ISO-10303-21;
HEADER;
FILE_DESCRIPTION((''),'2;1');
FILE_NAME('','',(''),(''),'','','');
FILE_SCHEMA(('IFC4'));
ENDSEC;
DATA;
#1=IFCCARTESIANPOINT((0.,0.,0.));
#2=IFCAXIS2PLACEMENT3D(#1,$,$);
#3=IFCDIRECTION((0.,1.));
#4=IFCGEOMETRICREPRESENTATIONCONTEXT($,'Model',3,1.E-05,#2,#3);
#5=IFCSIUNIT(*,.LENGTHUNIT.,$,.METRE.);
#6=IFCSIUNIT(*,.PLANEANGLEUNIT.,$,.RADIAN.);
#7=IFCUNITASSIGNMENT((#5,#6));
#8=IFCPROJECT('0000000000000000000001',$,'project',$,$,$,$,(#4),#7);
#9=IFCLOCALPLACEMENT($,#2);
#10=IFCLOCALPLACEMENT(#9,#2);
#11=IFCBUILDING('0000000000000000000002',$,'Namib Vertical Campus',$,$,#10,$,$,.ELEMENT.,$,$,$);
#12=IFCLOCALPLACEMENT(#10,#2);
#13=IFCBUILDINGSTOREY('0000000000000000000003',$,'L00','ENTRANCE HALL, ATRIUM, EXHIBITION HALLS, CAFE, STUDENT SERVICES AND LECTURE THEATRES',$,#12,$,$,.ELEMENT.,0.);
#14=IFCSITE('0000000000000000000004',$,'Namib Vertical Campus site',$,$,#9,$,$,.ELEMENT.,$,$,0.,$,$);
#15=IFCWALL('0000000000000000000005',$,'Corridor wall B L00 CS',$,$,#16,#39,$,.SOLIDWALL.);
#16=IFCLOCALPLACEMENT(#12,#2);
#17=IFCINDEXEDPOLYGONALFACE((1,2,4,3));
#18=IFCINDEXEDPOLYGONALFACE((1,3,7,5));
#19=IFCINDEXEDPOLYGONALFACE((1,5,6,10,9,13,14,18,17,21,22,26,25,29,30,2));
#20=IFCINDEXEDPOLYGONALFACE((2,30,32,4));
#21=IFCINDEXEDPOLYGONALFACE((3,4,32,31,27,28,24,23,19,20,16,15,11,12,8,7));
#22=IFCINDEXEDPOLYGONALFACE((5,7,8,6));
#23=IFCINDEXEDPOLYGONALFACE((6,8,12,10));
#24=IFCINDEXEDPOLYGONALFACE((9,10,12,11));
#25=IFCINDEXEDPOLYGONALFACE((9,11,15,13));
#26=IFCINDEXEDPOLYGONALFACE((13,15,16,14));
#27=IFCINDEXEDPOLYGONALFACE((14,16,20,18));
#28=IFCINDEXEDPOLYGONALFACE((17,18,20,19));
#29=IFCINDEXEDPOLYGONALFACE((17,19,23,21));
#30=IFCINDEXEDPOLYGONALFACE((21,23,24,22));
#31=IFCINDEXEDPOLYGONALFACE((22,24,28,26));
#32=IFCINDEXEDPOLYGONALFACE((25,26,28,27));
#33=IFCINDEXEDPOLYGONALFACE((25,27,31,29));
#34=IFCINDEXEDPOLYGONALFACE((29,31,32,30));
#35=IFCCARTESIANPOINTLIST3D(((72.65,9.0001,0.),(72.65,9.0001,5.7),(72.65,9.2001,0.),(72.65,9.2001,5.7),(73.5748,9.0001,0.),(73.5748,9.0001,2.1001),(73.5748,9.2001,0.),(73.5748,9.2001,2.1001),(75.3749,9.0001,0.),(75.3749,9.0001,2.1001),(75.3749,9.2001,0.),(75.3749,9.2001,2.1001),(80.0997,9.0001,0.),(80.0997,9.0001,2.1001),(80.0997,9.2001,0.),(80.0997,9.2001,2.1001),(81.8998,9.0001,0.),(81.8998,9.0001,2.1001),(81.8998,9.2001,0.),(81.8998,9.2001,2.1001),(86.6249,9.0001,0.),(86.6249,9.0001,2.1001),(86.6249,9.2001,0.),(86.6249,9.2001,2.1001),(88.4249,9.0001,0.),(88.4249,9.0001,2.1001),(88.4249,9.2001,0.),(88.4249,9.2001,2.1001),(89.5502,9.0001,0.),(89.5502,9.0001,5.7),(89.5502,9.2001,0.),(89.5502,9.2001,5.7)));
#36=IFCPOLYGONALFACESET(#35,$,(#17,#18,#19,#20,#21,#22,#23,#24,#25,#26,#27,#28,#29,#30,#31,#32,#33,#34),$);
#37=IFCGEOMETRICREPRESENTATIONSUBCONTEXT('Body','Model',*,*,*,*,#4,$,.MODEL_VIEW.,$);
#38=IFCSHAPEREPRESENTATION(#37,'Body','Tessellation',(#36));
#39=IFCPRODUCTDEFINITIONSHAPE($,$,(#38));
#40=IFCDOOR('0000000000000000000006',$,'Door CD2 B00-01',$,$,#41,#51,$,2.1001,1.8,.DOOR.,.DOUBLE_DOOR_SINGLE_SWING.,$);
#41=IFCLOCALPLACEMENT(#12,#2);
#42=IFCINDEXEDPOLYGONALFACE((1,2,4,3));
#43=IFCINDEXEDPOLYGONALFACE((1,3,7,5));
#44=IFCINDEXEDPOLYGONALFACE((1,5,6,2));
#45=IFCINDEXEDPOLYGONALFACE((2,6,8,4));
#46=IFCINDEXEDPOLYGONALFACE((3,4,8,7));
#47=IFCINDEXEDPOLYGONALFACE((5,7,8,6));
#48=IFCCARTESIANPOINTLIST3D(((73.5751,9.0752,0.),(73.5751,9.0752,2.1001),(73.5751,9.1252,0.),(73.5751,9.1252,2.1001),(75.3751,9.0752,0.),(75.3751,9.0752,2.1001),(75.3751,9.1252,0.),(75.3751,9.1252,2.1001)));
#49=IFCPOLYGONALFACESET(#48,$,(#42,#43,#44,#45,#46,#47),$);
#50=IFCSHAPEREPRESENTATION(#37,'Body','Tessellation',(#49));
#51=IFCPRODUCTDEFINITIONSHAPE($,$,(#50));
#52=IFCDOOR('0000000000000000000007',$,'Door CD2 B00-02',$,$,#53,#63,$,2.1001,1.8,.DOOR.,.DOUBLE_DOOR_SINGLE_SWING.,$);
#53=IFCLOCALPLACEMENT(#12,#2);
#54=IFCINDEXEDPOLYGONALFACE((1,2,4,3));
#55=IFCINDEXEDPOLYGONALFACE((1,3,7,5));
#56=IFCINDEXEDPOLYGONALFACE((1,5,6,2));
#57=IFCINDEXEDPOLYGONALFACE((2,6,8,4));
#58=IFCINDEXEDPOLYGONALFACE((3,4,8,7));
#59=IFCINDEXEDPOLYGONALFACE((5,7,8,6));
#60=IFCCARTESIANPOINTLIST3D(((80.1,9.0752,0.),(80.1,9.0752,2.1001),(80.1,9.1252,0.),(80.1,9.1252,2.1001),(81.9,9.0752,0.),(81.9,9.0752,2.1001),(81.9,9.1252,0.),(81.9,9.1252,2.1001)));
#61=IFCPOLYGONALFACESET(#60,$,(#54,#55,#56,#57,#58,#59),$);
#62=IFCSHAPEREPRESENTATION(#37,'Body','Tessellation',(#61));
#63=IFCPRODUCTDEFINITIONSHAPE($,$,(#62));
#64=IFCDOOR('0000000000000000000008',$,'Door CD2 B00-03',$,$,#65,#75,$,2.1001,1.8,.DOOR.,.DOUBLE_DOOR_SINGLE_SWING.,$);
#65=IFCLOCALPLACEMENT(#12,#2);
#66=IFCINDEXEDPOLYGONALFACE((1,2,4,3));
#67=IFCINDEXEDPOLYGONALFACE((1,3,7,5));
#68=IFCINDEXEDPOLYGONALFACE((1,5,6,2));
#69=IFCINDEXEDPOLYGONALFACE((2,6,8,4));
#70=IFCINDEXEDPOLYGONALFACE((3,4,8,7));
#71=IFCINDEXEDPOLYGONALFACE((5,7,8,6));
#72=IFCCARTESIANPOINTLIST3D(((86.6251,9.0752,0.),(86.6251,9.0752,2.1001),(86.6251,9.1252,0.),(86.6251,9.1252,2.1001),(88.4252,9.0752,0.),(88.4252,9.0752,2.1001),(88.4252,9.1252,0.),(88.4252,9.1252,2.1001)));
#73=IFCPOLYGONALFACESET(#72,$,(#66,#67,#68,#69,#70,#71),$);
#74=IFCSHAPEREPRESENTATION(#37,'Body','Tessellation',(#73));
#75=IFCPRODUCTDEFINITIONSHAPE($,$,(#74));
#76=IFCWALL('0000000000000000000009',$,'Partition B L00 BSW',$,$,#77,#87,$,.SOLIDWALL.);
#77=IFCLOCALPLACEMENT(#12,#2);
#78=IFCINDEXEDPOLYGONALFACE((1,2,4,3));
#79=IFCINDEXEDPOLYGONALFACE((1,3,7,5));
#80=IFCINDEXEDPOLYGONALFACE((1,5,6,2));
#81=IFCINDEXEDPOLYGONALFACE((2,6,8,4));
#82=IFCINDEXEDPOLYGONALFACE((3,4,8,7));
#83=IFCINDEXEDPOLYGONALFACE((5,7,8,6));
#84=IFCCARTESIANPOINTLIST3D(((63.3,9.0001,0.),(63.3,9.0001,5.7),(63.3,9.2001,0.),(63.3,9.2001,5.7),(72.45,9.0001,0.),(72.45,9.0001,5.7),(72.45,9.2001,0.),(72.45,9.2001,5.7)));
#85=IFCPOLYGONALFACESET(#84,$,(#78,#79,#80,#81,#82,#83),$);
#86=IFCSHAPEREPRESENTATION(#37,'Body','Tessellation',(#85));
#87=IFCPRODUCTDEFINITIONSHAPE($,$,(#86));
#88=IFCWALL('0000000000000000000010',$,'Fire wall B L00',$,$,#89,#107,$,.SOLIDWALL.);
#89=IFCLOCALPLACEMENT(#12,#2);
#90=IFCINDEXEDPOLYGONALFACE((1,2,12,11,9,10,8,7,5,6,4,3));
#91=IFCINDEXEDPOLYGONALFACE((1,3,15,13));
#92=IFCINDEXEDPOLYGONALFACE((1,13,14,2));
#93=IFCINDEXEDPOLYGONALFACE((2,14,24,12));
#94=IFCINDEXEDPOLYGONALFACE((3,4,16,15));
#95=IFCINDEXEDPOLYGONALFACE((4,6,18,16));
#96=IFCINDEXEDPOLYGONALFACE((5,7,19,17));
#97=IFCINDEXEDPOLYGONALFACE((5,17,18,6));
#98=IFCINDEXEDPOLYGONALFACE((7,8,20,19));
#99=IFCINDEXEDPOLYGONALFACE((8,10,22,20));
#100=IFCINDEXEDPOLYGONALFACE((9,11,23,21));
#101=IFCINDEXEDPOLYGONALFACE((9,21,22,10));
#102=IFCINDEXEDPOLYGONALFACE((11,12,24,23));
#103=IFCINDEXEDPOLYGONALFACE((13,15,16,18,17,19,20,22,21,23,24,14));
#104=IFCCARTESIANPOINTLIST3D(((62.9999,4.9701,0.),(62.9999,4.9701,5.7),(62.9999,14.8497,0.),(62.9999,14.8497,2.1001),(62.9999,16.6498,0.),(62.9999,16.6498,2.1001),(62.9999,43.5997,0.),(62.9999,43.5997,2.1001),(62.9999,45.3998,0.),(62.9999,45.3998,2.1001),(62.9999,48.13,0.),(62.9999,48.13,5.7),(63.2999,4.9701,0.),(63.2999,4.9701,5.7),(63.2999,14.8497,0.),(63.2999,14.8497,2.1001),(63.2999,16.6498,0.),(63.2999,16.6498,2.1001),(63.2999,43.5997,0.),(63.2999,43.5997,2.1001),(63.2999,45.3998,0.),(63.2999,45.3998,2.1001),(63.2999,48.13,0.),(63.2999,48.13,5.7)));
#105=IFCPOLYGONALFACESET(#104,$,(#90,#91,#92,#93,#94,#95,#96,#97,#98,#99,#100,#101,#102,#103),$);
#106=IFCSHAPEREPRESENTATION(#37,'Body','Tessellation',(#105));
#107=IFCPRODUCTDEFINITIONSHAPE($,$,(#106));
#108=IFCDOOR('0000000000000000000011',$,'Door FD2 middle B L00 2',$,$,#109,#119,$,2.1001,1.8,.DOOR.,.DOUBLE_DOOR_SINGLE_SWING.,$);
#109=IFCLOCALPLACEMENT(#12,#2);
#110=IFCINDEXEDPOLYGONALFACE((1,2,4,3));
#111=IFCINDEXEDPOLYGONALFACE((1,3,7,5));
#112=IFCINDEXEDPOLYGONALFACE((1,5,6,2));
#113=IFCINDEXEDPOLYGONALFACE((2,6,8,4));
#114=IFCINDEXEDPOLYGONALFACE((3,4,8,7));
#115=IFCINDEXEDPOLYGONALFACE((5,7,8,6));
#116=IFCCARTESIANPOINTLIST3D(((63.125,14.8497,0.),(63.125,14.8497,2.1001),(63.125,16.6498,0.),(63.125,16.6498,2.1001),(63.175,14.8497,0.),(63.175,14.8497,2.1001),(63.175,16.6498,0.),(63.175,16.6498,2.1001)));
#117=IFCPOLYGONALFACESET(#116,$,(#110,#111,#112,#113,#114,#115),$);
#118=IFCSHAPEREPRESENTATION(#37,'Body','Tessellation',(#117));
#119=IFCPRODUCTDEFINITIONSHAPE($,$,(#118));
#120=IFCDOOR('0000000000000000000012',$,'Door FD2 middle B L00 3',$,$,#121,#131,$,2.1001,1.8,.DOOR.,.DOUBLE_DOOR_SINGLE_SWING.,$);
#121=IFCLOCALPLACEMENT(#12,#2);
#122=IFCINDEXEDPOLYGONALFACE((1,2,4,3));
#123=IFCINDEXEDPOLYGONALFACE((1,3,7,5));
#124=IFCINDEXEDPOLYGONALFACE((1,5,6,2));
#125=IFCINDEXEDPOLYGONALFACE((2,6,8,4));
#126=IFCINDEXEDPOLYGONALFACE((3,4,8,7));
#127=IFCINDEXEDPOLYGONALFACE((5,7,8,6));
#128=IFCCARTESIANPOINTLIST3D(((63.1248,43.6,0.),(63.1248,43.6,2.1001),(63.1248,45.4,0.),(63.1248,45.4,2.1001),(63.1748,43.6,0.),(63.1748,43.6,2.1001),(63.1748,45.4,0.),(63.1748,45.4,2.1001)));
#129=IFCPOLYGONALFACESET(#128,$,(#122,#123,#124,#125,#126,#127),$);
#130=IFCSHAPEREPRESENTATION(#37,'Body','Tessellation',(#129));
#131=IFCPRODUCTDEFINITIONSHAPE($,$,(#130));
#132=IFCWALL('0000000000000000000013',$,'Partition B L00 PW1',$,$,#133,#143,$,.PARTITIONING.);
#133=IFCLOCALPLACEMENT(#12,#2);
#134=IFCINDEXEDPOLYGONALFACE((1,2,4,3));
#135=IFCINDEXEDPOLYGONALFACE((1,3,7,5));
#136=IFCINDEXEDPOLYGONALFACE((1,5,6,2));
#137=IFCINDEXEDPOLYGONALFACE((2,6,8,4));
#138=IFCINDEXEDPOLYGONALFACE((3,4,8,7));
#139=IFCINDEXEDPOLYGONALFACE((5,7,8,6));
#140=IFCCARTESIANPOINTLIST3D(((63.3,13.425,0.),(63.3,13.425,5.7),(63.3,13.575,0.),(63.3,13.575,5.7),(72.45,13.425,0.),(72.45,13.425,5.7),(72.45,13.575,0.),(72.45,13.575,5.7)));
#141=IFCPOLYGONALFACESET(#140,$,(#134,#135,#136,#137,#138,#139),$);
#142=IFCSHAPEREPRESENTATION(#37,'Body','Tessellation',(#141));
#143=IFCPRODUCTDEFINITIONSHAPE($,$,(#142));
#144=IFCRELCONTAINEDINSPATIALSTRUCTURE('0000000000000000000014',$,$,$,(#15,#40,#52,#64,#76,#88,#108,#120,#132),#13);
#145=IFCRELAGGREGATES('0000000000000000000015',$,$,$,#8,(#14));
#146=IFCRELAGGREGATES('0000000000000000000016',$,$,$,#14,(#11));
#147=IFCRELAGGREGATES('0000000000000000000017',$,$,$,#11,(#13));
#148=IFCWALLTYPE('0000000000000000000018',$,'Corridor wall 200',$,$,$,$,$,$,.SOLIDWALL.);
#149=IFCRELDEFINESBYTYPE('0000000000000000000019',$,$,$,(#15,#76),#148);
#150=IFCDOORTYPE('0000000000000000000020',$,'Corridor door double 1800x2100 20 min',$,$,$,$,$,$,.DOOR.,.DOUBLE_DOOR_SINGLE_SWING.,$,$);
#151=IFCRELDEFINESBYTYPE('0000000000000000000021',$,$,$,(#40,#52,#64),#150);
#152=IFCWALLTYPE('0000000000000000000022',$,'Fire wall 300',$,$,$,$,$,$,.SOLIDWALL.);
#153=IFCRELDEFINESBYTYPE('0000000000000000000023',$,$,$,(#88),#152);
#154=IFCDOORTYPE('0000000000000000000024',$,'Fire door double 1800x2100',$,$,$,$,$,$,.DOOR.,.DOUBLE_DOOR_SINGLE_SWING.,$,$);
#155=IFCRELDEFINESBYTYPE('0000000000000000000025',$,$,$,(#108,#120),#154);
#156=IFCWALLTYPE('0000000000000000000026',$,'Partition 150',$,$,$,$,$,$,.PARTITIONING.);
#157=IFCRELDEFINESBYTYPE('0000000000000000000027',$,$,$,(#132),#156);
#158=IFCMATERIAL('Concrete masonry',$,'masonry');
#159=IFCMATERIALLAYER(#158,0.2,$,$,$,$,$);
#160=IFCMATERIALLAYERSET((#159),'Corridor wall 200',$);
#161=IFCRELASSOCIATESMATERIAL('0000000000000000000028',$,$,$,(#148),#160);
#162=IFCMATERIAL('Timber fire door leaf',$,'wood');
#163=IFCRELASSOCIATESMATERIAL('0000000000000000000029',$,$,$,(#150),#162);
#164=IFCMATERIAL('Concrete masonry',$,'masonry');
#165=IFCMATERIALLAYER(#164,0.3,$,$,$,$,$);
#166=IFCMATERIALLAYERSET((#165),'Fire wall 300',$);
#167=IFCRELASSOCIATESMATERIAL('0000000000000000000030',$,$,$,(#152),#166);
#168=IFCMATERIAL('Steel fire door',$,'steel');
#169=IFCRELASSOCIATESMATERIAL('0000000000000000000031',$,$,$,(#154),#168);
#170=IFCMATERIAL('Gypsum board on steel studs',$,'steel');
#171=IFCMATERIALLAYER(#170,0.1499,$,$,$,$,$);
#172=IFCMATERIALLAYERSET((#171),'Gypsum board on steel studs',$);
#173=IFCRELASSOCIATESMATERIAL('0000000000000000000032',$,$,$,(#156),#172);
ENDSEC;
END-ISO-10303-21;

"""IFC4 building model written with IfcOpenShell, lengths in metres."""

from ifc_helpers import new_model, si_unit, direction, frame, frame_2d, origin, place, context, subcontext, project, spatial, rectangle, extrude, material, layer, layer_set, type_object, element, fill, save


model = new_model("IFC4")

# Units and contexts
model_context = context("Model", 3, precision=1e-05, world=origin(), true_north=direction((0.0, 1.0)))
body_context = subcontext(model_context, "Body", "Model", "MODEL_VIEW")
ifc_project = project(units=[si_unit("LENGTHUNIT", "METRE"), si_unit("PLANEANGLEUNIT", "RADIAN")], contexts=[model_context])

# Site, building, storey
site_placement = place(None, origin())
site = spatial("IfcSite", under=ifc_project, at=site_placement, Name="Namib Vertical Campus site", CompositionType="ELEMENT", RefElevation=0.0)
building_placement = place(site_placement, origin())
building = spatial("IfcBuilding", under=site, at=building_placement, Name="Namib Vertical Campus", CompositionType="ELEMENT")
storey_placement = place(building_placement, origin())
storey = spatial("IfcBuildingStorey", under=building, at=storey_placement, Name="L00", Description="ENTRANCE HALL, ATRIUM, EXHIBITION HALLS, CAFE, STUDENT SERVICES AND LECTURE THEATRES", CompositionType="ELEMENT", Elevation=0.0)

# Wall, openings, doors
ifc_material_1 = material(Name="Concrete masonry", Category="masonry")
ifc_layer_1 = layer(ifc_material_1, 0.2)
ifc_layer_set_1 = layer_set([ifc_layer_1], Name="Corridor wall 200")
wall_type_1 = type_object("IfcWallType", Name="Corridor wall 200", PredefinedType="SOLIDWALL", material=ifc_layer_set_1)
wall_1_placement = place(storey_placement, frame((72.6499, 9.1001, 0.0), z_axis=(0.0, 0.0, 1.0), x_axis=(1.0, 0.0, 0.0)))
wall_1 = element("IfcWall", 1, at=wall_1_placement, inside=storey, type_object=wall_type_1, Name="Corridor wall B L00 CS", PredefinedType="SOLIDWALL", context=body_context, shape_type="SweptSolid", body=[
    extrude(rectangle(XDim=16.9001, YDim=0.2, at=frame_2d((8.4502, 0.0))), origin(), (0.0, 0.0, 1.0), 5.7),
])
opening_1_placement = place(wall_1_placement, frame((0.925, 0.0, 0.0)))
opening_1 = element("IfcOpeningElement", 2, at=opening_1_placement, cuts=wall_1, PredefinedType="OPENING", context=body_context, shape_type="SweptSolid", body=[
    extrude(rectangle(XDim=1.8, YDim=2.1001, at=frame_2d((0.8999, 1.05))), frame((0.0, 0.1099, 0.0), z_axis=(0.0, -1.0, 0.0), x_axis=(1.0, 0.0, 0.0)), (0.0, 0.0, 1.0), 0.22),
])
opening_2_placement = place(wall_1_placement, frame((7.45, 0.0, 0.0)))
opening_2 = element("IfcOpeningElement", 3, at=opening_2_placement, cuts=wall_1, PredefinedType="OPENING", context=body_context, shape_type="SweptSolid", body=[
    extrude(rectangle(XDim=1.8, YDim=2.1001, at=frame_2d((0.8999, 1.05))), frame((0.0, 0.1099, 0.0), z_axis=(0.0, -1.0, 0.0), x_axis=(1.0, 0.0, 0.0)), (0.0, 0.0, 1.0), 0.22),
])
opening_3_placement = place(wall_1_placement, frame((13.9751, 0.0, 0.0)))
opening_3 = element("IfcOpeningElement", 4, at=opening_3_placement, cuts=wall_1, PredefinedType="OPENING", context=body_context, shape_type="SweptSolid", body=[
    extrude(rectangle(XDim=1.8, YDim=2.1001, at=frame_2d((0.8999, 1.05))), frame((0.0, 0.1099, 0.0), z_axis=(0.0, -1.0, 0.0), x_axis=(1.0, 0.0, 0.0)), (0.0, 0.0, 1.0), 0.22),
])
ifc_material_2 = material(Name="Timber fire door leaf", Category="wood")
door_type_1 = type_object("IfcDoorType", Name="Corridor door double 1800x2100 20 min", OperationType="DOUBLE_DOOR_SINGLE_SWING", PredefinedType="DOOR", material=ifc_material_2)
door_1_placement = place(opening_1_placement, frame((1.8, 0.0, 0.0), z_axis=(0.0, 0.0, 1.0), x_axis=(-1.0, 0.0, 0.0)))
door_1 = element("IfcDoor", 5, at=door_1_placement, inside=storey, type_object=door_type_1, Name="Door CD2 B00-01", OperationType="DOUBLE_DOOR_SINGLE_SWING", OverallHeight=2.1001, OverallWidth=1.8, PredefinedType="DOOR", context=body_context, shape_type="SweptSolid", body=[
    extrude(rectangle(XDim=1.8, YDim=2.1001, at=frame_2d((0.8999, 1.05))), frame((0.0, 0.0249, 0.0), z_axis=(0.0, -1.0, 0.0), x_axis=(1.0, 0.0, 0.0)), (0.0, 0.0, 1.0), 0.05),
])
fill(opening_1, door_1)
door_2_placement = place(opening_2_placement, frame((1.8, 0.0, 0.0), z_axis=(0.0, 0.0, 1.0), x_axis=(-1.0, 0.0, 0.0)))
door_2 = element("IfcDoor", 6, at=door_2_placement, inside=storey, type_object=door_type_1, Name="Door CD2 B00-02", OperationType="DOUBLE_DOOR_SINGLE_SWING", OverallHeight=2.1001, OverallWidth=1.8, PredefinedType="DOOR", context=body_context, shape_type="SweptSolid", body=[
    extrude(rectangle(XDim=1.8, YDim=2.1001, at=frame_2d((0.8999, 1.05))), frame((0.0, 0.0249, 0.0), z_axis=(0.0, -1.0, 0.0), x_axis=(1.0, 0.0, 0.0)), (0.0, 0.0, 1.0), 0.05),
])
fill(opening_2, door_2)
door_3_placement = place(opening_3_placement, frame((1.8, 0.0, 0.0), z_axis=(0.0, 0.0, 1.0), x_axis=(-1.0, 0.0, 0.0)))
door_3 = element("IfcDoor", 7, at=door_3_placement, inside=storey, type_object=door_type_1, Name="Door CD2 B00-03", OperationType="DOUBLE_DOOR_SINGLE_SWING", OverallHeight=2.1001, OverallWidth=1.8, PredefinedType="DOOR", context=body_context, shape_type="SweptSolid", body=[
    extrude(rectangle(XDim=1.8, YDim=2.1001, at=frame_2d((0.8999, 1.05))), frame((0.0, 0.0249, 0.0), z_axis=(0.0, -1.0, 0.0), x_axis=(1.0, 0.0, 0.0)), (0.0, 0.0, 1.0), 0.05),
])
fill(opening_3, door_3)

# Wall
wall_2_placement = place(storey_placement, frame((63.3, 9.1001, 0.0), z_axis=(0.0, 0.0, 1.0), x_axis=(1.0, 0.0, 0.0)))
element("IfcWall", 8, at=wall_2_placement, inside=storey, type_object=wall_type_1, Name="Partition B L00 BSW", PredefinedType="SOLIDWALL", context=body_context, shape_type="SweptSolid", body=[
    extrude(rectangle(XDim=9.1499, YDim=0.2, at=frame_2d((4.575, 0.0))), origin(), (0.0, 0.0, 1.0), 5.7),
])

# Wall, openings, doors
ifc_material_3 = material(Name="Concrete masonry", Category="masonry")
ifc_layer_2 = layer(ifc_material_3, 0.3)
ifc_layer_set_2 = layer_set([ifc_layer_2], Name="Fire wall 300")
wall_type_2 = type_object("IfcWallType", Name="Fire wall 300", PredefinedType="SOLIDWALL", material=ifc_layer_set_2)
wall_3_placement = place(storey_placement, frame((63.1499, 4.97, 0.0), z_axis=(0.0, 0.0, 1.0), x_axis=(0.0, 1.0, 0.0)))
wall_3 = element("IfcWall", 9, at=wall_3_placement, inside=storey, type_object=wall_type_2, Name="Fire wall B L00", PredefinedType="SOLIDWALL", context=body_context, shape_type="SweptSolid", body=[
    extrude(rectangle(XDim=43.1599, YDim=0.3, at=frame_2d((21.5801, 0.0))), origin(), (0.0, 0.0, 1.0), 5.7),
])
opening_4_placement = place(wall_3_placement, frame((9.8799, 0.0, 0.0)))
opening_4 = element("IfcOpeningElement", 10, at=opening_4_placement, cuts=wall_3, PredefinedType="OPENING", context=body_context, shape_type="SweptSolid", body=[
    extrude(rectangle(XDim=1.8, YDim=2.1001, at=frame_2d((0.8999, 1.05))), frame((0.0, 0.1599, 0.0), z_axis=(0.0, -1.0, 0.0), x_axis=(1.0, 0.0, 0.0)), (0.0, 0.0, 1.0), 0.3201),
])
opening_5_placement = place(wall_3_placement, frame((38.6299, 0.0, 0.0)))
opening_5 = element("IfcOpeningElement", 11, at=opening_5_placement, cuts=wall_3, PredefinedType="OPENING", context=body_context, shape_type="SweptSolid", body=[
    extrude(rectangle(XDim=1.8, YDim=2.1001, at=frame_2d((0.8999, 1.05))), frame((0.0, 0.1599, 0.0), z_axis=(0.0, -1.0, 0.0), x_axis=(1.0, 0.0, 0.0)), (0.0, 0.0, 1.0), 0.3201),
])
ifc_material_4 = material(Name="Steel fire door", Category="steel")
door_type_2 = type_object("IfcDoorType", Name="Fire door double 1800x2100", OperationType="DOUBLE_DOOR_SINGLE_SWING", PredefinedType="DOOR", material=ifc_material_4)
door_4_placement = place(opening_4_placement, origin())
door_4 = element("IfcDoor", 12, at=door_4_placement, inside=storey, type_object=door_type_2, Name="Door FD2 middle B L00 2", OperationType="DOUBLE_DOOR_SINGLE_SWING", OverallHeight=2.1001, OverallWidth=1.8, PredefinedType="DOOR", context=body_context, shape_type="SweptSolid", body=[
    extrude(rectangle(XDim=1.8, YDim=2.1001, at=frame_2d((0.8999, 1.05))), frame((0.0, 0.0249, 0.0), z_axis=(0.0, -1.0, 0.0), x_axis=(1.0, 0.0, 0.0)), (0.0, 0.0, 1.0), 0.05),
])
fill(opening_4, door_4)
door_5_placement = place(opening_5_placement, frame((1.8, 0.0, 0.0), z_axis=(0.0, 0.0, 1.0), x_axis=(-1.0, 0.0, 0.0)))
door_5 = element("IfcDoor", 13, at=door_5_placement, inside=storey, type_object=door_type_2, Name="Door FD2 middle B L00 3", OperationType="DOUBLE_DOOR_SINGLE_SWING", OverallHeight=2.1001, OverallWidth=1.8, PredefinedType="DOOR", context=body_context, shape_type="SweptSolid", body=[
    extrude(rectangle(XDim=1.8, YDim=2.1001, at=frame_2d((0.8999, 1.05))), frame((0.0, 0.0249, 0.0), z_axis=(0.0, -1.0, 0.0), x_axis=(1.0, 0.0, 0.0)), (0.0, 0.0, 1.0), 0.05),
])
fill(opening_5, door_5)

# Wall
ifc_material_5 = material(Name="Gypsum board on steel studs", Category="steel")
ifc_layer_3 = layer(ifc_material_5, 0.1499)
ifc_layer_set_3 = layer_set([ifc_layer_3], Name="Gypsum board on steel studs")
wall_type_3 = type_object("IfcWallType", Name="Partition 150", PredefinedType="PARTITIONING", material=ifc_layer_set_3)
wall_4_placement = place(storey_placement, frame((63.3, 13.5, 0.0), z_axis=(0.0, 0.0, 1.0), x_axis=(1.0, 0.0, 0.0)))
element("IfcWall", 14, at=wall_4_placement, inside=storey, type_object=wall_type_3, Name="Partition B L00 PW1", PredefinedType="PARTITIONING", context=body_context, shape_type="SweptSolid", body=[
    extrude(rectangle(XDim=9.1499, YDim=0.1499, at=frame_2d((4.575, 0.0))), origin(), (0.0, 0.0, 1.0), 5.7),
])

save(model, "model.ifc")
